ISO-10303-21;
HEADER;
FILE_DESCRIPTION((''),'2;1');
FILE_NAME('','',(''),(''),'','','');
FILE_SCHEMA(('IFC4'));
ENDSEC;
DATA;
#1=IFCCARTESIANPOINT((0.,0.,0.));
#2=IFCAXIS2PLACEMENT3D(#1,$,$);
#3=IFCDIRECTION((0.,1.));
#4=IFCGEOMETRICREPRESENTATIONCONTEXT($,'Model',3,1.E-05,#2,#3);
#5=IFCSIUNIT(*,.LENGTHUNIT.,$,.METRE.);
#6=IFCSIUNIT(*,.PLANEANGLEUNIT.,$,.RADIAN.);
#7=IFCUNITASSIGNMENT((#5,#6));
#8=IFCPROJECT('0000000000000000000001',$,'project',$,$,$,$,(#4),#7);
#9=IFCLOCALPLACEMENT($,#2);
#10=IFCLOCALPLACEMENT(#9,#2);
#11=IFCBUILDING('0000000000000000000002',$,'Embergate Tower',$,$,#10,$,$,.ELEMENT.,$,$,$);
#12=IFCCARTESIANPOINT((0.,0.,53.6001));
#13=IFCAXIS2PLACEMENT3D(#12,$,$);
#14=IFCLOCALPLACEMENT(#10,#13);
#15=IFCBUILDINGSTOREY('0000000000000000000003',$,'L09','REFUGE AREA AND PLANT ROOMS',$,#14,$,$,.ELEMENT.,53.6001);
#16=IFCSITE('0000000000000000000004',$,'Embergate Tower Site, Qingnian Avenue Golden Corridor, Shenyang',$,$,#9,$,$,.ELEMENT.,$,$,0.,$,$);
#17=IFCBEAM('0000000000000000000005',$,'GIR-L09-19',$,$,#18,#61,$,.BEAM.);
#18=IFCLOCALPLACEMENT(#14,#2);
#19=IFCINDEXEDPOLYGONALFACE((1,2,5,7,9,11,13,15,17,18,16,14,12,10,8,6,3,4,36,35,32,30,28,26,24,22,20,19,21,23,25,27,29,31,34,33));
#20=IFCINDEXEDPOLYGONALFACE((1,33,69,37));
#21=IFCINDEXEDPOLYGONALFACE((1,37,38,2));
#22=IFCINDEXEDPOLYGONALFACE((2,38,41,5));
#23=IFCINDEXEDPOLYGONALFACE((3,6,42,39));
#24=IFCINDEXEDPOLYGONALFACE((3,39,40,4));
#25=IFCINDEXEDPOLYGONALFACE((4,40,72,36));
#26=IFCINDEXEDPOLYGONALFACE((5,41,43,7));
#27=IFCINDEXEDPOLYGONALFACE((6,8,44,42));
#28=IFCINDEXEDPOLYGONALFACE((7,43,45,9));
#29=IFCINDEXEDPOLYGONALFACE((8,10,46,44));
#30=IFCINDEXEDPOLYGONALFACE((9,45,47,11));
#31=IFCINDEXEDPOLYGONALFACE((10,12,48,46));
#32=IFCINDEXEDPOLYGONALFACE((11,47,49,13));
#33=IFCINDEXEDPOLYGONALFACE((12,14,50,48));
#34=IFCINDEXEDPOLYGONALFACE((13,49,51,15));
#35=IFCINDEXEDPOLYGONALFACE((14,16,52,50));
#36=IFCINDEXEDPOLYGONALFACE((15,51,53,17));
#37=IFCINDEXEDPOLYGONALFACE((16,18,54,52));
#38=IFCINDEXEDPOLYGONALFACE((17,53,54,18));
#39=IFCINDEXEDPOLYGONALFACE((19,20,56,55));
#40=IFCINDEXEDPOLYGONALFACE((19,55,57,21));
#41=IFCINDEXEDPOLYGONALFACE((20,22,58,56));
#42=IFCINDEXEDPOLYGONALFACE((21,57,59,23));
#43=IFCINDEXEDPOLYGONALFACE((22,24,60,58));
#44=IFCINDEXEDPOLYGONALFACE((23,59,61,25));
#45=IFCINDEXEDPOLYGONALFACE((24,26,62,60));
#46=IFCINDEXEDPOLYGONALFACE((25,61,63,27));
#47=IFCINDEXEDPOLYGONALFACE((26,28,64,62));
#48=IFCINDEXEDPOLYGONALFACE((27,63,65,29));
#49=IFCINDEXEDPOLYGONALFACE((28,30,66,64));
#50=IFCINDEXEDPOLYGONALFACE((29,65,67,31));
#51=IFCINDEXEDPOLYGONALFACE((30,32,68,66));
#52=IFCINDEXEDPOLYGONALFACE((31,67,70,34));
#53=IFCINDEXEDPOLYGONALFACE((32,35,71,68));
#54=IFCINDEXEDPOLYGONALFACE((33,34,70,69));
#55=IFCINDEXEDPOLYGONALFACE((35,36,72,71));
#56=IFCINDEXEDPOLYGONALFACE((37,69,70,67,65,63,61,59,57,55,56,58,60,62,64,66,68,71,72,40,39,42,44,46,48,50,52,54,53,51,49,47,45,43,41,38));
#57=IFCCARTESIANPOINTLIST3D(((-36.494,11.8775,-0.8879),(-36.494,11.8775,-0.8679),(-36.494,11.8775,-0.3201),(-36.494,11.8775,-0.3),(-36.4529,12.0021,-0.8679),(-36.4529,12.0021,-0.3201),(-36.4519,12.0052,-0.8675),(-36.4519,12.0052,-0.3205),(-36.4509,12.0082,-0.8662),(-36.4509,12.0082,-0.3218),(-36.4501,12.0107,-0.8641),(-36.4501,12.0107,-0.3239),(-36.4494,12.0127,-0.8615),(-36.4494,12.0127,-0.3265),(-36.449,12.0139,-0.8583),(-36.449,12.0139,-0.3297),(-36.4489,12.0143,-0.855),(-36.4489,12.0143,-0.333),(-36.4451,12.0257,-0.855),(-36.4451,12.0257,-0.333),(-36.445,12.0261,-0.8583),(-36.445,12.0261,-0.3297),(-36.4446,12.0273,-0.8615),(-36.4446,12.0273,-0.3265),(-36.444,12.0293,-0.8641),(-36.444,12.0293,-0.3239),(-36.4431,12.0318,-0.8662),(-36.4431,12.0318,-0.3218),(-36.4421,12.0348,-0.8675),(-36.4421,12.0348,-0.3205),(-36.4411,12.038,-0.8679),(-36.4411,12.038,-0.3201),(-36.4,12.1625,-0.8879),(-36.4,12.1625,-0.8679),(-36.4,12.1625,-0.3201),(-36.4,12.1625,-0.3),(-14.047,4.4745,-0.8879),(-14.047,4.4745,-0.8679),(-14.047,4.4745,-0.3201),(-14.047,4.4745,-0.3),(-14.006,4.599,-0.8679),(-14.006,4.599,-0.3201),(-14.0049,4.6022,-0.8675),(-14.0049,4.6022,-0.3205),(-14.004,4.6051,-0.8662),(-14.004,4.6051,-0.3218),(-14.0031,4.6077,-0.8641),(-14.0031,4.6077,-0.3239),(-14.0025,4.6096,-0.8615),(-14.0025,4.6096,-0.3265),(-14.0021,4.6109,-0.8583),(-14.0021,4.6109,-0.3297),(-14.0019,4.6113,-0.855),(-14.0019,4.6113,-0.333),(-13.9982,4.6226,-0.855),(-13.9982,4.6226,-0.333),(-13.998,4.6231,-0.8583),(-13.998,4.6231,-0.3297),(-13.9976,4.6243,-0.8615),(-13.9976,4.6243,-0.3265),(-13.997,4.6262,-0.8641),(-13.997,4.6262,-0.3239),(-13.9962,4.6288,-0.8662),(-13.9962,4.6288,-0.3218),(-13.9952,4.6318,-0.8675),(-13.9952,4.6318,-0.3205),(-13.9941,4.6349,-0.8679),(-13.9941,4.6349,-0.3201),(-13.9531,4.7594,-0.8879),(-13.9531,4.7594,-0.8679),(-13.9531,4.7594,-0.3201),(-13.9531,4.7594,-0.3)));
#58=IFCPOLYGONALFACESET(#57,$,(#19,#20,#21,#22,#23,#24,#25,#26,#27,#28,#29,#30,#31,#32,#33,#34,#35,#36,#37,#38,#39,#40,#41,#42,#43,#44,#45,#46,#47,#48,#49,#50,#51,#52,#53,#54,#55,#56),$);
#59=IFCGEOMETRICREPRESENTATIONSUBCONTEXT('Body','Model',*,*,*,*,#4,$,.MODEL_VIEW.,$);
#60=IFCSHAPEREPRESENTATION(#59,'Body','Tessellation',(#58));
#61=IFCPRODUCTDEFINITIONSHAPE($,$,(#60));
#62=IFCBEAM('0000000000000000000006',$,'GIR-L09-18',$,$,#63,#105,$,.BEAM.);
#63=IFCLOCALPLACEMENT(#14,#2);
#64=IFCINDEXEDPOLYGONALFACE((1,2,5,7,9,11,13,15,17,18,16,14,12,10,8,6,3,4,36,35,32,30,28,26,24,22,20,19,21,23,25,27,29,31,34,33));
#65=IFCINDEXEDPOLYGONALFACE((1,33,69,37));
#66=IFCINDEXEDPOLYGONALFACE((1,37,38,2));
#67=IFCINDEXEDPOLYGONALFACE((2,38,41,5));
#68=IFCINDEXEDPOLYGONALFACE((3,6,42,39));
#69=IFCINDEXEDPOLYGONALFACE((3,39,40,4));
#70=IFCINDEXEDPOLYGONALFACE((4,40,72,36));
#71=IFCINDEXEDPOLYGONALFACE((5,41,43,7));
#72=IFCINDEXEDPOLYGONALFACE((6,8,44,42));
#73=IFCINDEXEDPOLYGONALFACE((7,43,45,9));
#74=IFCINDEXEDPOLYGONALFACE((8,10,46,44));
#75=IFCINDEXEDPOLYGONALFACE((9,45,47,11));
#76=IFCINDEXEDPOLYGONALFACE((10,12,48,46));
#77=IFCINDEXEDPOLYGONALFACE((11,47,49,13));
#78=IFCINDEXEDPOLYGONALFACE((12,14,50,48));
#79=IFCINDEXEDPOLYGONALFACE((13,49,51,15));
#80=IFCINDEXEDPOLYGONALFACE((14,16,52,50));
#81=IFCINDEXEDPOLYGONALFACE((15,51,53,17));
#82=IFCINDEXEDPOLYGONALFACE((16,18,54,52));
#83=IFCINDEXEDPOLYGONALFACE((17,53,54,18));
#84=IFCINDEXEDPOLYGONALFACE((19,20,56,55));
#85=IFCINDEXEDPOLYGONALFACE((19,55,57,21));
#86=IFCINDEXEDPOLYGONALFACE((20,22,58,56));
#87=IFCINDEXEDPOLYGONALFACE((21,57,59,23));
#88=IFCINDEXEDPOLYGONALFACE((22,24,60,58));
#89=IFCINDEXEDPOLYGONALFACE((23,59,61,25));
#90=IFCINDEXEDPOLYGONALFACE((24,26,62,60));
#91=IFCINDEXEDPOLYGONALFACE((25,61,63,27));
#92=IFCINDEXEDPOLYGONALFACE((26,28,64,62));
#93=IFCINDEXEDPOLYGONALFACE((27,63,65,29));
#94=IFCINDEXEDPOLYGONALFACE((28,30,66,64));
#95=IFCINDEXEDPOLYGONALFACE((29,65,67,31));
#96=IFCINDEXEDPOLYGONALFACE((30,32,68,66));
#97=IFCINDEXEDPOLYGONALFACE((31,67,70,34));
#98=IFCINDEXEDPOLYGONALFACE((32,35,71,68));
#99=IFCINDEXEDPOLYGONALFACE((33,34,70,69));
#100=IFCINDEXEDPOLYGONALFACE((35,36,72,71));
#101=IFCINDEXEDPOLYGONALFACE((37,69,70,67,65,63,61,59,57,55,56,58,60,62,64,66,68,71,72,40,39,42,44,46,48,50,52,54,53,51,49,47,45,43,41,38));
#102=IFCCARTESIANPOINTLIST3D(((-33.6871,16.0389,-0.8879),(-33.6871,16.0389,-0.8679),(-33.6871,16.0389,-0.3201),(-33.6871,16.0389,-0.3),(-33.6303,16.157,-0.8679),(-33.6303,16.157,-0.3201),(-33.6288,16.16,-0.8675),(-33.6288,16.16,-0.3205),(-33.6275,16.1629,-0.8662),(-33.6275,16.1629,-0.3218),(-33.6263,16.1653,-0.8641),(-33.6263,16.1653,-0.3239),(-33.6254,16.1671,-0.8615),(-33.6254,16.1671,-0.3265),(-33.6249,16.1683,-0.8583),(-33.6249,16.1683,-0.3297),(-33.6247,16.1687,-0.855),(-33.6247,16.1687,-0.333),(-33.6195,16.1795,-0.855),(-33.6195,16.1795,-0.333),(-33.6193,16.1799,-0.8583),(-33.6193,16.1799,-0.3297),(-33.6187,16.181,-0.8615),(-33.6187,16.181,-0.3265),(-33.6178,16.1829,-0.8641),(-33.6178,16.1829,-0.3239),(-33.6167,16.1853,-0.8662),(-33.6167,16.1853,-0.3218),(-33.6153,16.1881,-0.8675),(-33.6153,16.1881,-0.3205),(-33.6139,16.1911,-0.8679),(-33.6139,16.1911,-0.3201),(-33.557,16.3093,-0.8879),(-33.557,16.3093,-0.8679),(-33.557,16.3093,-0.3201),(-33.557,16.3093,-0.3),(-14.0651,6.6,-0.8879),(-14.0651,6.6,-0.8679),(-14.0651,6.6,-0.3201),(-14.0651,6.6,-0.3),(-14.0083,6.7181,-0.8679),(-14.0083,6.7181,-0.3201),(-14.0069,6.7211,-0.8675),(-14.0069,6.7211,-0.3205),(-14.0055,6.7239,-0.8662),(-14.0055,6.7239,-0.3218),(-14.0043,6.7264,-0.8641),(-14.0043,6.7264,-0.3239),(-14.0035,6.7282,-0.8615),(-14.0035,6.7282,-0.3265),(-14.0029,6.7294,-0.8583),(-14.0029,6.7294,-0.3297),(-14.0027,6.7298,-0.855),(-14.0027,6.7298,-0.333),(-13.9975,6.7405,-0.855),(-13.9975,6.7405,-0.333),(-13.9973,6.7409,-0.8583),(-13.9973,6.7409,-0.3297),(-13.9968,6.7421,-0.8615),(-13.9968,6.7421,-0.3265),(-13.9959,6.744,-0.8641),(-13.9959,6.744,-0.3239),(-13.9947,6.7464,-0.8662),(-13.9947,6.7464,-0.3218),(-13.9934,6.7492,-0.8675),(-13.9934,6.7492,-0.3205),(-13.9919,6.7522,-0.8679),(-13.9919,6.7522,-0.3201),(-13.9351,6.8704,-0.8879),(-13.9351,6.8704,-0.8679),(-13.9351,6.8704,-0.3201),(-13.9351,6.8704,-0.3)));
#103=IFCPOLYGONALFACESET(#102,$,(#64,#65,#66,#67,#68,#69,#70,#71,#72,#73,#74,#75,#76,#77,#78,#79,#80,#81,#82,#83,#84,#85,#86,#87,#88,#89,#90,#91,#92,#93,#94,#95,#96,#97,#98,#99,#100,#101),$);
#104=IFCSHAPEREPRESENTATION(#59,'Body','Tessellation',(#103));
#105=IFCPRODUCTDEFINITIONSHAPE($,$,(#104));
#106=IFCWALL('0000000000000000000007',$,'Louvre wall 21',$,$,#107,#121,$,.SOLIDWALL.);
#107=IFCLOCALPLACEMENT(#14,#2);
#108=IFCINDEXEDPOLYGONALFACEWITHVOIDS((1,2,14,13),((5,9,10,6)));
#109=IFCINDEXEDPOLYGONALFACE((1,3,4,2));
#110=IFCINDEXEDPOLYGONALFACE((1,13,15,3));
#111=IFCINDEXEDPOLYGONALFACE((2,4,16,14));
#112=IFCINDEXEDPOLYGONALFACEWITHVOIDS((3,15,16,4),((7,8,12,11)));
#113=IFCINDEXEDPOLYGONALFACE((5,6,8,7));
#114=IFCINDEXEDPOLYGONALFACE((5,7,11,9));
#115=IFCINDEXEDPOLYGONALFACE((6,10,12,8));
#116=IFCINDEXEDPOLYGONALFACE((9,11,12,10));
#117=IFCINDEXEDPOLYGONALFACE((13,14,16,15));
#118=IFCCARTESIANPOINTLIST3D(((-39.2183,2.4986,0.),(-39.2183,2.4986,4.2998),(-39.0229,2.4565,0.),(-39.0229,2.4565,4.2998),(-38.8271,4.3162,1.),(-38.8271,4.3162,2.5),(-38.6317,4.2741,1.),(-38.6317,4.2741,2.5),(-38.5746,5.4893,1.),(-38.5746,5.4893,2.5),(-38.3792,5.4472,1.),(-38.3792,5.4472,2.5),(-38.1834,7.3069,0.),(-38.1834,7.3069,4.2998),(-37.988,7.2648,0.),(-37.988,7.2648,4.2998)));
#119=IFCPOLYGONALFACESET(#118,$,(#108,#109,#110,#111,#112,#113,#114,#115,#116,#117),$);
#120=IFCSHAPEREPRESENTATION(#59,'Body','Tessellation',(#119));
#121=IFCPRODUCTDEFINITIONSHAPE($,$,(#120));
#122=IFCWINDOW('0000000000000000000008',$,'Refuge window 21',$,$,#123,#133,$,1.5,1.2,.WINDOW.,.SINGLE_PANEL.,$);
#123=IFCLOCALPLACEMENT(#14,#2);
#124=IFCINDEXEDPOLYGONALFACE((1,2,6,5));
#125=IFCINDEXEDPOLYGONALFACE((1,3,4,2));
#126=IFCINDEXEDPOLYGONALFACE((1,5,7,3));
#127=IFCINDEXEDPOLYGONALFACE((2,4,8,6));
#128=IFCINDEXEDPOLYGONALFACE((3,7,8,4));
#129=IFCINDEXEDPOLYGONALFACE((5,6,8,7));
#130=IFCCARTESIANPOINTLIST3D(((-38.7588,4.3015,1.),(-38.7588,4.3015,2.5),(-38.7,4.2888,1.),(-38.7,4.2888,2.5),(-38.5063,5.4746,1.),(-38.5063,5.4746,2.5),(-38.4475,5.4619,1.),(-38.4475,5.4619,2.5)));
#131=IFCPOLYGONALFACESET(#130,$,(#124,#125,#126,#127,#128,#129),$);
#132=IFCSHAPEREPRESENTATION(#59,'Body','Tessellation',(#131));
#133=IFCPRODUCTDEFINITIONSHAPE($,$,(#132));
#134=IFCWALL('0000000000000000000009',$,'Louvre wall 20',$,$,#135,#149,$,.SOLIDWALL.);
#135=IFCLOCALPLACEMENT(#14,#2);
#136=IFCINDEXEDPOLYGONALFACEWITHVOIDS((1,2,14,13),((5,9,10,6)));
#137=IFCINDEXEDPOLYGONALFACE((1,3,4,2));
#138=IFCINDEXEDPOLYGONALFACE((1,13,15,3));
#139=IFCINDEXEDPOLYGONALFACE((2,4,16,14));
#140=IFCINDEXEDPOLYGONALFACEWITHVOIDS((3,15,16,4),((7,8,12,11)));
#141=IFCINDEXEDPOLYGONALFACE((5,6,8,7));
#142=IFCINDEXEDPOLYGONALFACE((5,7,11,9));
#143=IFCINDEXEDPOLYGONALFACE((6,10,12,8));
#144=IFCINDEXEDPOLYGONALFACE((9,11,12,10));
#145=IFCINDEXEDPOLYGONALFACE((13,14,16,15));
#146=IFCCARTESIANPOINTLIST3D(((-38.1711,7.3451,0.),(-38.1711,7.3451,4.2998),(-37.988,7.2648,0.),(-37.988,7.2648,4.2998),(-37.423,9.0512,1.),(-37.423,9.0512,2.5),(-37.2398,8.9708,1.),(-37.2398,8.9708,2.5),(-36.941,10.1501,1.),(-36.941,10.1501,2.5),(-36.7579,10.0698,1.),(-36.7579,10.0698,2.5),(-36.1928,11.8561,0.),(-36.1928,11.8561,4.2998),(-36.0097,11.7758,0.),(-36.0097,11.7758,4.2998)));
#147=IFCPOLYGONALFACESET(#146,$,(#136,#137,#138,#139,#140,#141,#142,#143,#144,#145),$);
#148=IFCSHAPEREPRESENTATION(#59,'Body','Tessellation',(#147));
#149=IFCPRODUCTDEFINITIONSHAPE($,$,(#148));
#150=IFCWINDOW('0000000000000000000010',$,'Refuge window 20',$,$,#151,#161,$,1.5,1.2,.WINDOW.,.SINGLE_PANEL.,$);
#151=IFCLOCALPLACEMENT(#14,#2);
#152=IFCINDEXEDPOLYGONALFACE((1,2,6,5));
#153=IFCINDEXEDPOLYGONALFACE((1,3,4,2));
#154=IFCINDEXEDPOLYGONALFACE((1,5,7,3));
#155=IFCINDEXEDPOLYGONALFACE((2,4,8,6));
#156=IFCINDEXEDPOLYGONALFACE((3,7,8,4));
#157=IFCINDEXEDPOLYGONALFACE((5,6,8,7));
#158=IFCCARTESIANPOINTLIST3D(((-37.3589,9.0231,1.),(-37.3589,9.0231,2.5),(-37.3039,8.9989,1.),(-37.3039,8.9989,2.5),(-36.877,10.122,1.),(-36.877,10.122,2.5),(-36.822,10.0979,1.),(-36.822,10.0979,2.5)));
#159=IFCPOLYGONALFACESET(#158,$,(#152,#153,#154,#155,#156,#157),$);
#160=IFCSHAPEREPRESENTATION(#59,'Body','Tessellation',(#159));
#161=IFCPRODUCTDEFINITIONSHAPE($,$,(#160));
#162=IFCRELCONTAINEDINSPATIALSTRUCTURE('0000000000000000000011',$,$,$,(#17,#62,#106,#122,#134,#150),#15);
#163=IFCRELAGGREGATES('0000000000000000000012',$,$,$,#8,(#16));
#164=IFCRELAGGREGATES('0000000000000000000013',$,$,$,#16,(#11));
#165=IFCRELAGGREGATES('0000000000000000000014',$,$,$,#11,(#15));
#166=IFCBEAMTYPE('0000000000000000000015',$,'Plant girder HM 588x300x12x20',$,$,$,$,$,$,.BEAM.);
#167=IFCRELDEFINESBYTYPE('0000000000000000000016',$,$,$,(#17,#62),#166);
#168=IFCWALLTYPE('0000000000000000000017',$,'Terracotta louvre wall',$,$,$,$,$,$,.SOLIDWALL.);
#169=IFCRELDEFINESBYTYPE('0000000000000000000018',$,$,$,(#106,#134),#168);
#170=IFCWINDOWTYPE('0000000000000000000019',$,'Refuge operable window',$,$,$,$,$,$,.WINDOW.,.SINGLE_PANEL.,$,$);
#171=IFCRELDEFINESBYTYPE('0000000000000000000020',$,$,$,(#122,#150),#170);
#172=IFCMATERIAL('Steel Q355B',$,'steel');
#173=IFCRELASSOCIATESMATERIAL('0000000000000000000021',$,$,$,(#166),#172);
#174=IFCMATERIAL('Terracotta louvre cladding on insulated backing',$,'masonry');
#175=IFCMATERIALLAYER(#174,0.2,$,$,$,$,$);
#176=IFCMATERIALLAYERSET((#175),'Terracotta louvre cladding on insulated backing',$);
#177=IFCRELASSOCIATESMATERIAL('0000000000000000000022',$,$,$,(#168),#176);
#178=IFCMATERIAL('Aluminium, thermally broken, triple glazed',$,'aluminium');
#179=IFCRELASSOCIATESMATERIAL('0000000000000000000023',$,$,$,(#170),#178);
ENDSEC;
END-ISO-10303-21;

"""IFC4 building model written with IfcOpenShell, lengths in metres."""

from ifc_helpers import new_model, si_unit, direction, frame, frame_2d, origin, origin_2d, place, context, subcontext, project, spatial, rectangle, i_section, extrude, source, transform, mapped, material, layer, layer_set, material_profile, profile_set, type_object, element, fill, save


model = new_model("IFC4")

# Units and contexts
model_context = context("Model", 3, precision=1e-05, world=origin(), true_north=direction((0.0, 1.0)))
body_context = subcontext(model_context, "Body", "Model", "MODEL_VIEW")
ifc_project = project(units=[si_unit("LENGTHUNIT", "METRE"), si_unit("PLANEANGLEUNIT", "RADIAN")], contexts=[model_context])

# Site, building, storey
site_placement = place(None, origin())
site = spatial("IfcSite", under=ifc_project, at=site_placement, Name="Embergate Tower Site, Qingnian Avenue Golden Corridor, Shenyang", CompositionType="ELEMENT", RefElevation=0.0)
building_placement = place(site_placement, origin())
building = spatial("IfcBuilding", under=site, at=building_placement, Name="Embergate Tower", CompositionType="ELEMENT")
storey_placement = place(building_placement, frame((0.0, 0.0, 53.6001)))
storey = spatial("IfcBuildingStorey", under=building, at=storey_placement, Name="L09", Description="REFUGE AREA AND PLANT ROOMS", CompositionType="ELEMENT", Elevation=53.6001)

# Beams
ifc_material_1 = material(Name="Steel Q355B", Category="steel")
ifc_material_profile_1 = material_profile(ifc_material_1, i_section(OverallWidth=0.3, OverallDepth=0.5879, WebThickness=0.012, FlangeThickness=0.02, FilletRadius=0.0129, at=origin_2d()), Name="HM 588x300x12x20")
ifc_profile_set_1 = profile_set([ifc_material_profile_1], Name="Steel Q355 grade B")
beam_type_1 = type_object("IfcBeamType", Name="Plant girder HM 588x300x12x20", PredefinedType="BEAM", material=ifc_profile_set_1)
shared_shape_1 = source(origin(), body_context, "Body", "SweptSolid", [
    extrude(i_section(OverallWidth=0.3, OverallDepth=0.5879, WebThickness=0.012, FlangeThickness=0.02, FilletRadius=0.0129, at=origin_2d()), origin(), (0.0, 0.0, 1.0), 23.6362),
])
beam_1_placement = place(storey_placement, frame((-36.447, 12.02, -0.594), z_axis=(0.949685, -0.313208, 0.0), x_axis=(0.313208, 0.949685, 0.0)))
element("IfcBeam", 1, at=beam_1_placement, inside=storey, type_object=beam_type_1, Name="GIR-L09-19", PredefinedType="BEAM", context=body_context, shape_type="MappedRepresentation", body=[
    mapped(shared_shape_1, transform((0.0, 0.0, 0.0))),
])
shared_shape_2 = source(origin(), body_context, "Body", "SweptSolid", [
    extrude(i_section(OverallWidth=0.3, OverallDepth=0.5879, WebThickness=0.012, FlangeThickness=0.02, FilletRadius=0.0129, at=origin_2d()), origin(), (0.0, 0.0, 1.0), 21.7742),
])
beam_2_placement = place(storey_placement, frame((-33.6221, 16.1741, -0.594), z_axis=(0.901158, -0.433491, 0.0), x_axis=(0.433491, 0.901158, 0.0)))
element("IfcBeam", 2, at=beam_2_placement, inside=storey, type_object=beam_type_1, Name="GIR-L09-18", PredefinedType="BEAM", context=body_context, shape_type="MappedRepresentation", body=[
    mapped(shared_shape_2, transform((0.0, 0.0, 0.0))),
])

# Walls, openings, windows
ifc_material_2 = material(Name="Terracotta louvre cladding on insulated backing", Category="masonry")
ifc_layer_1 = layer(ifc_material_2, 0.2)
ifc_layer_set_1 = layer_set([ifc_layer_1], Name="Terracotta louvre cladding on insulated backing")
wall_type_1 = type_object("IfcWallType", Name="Terracotta louvre wall", PredefinedType="SOLIDWALL", material=ifc_layer_set_1)
shared_shape_3 = source(origin(), body_context, "Body", "SweptSolid", [
    extrude(rectangle(XDim=4.9185, YDim=0.2, at=frame_2d((2.4592, 0.0))), origin(), (0.0, 0.0, 1.0), 4.2998),
])
wall_1_placement = place(storey_placement, frame((-39.1206, 2.4775, 0.0), z_axis=(0.0, 0.0, 1.0), x_axis=(0.210414, 0.977612, 0.0)))
wall_1 = element("IfcWall", 3, at=wall_1_placement, inside=storey, type_object=wall_type_1, Name="Louvre wall 21", PredefinedType="SOLIDWALL", context=body_context, shape_type="MappedRepresentation", body=[
    mapped(shared_shape_3, transform((0.0, 0.0, 0.0))),
])
shared_shape_4 = source(origin(), body_context, "Body", "SweptSolid", [
    extrude(rectangle(XDim=1.2, YDim=1.5, at=frame_2d((0.6001, 0.75))), frame((0.0, 0.1099, 0.0), z_axis=(0.0, -1.0, 0.0), x_axis=(1.0, 0.0, 0.0)), (0.0, 0.0, 1.0), 0.22),
])
opening_1_placement = place(wall_1_placement, frame((1.8591, 0.0, 1.0)))
opening_1 = element("IfcOpeningElement", 4, at=opening_1_placement, cuts=wall_1, PredefinedType="OPENING", context=body_context, shape_type="MappedRepresentation", body=[
    mapped(shared_shape_4, transform((0.0, 0.0, 0.0))),
])
ifc_material_3 = material(Name="Aluminium, thermally broken, triple glazed", Category="aluminium")
window_type = type_object("IfcWindowType", Name="Refuge operable window", PartitioningType="SINGLE_PANEL", PredefinedType="WINDOW", material=ifc_material_3)
shared_shape_5 = source(origin(), body_context, "Body", "SweptSolid", [
    extrude(rectangle(XDim=1.2, YDim=1.5, at=frame_2d((0.6001, 0.75))), frame((0.0, 0.03, 0.0), z_axis=(0.0, -1.0, 0.0), x_axis=(1.0, 0.0, 0.0)), (0.0, 0.0, 1.0), 0.0601),
])
window_1_placement = place(opening_1_placement, origin())
window_1 = element("IfcWindow", 5, at=window_1_placement, inside=storey, type_object=window_type, Name="Refuge window 21", OverallHeight=1.5, OverallWidth=1.2, PartitioningType="SINGLE_PANEL", PredefinedType="WINDOW", context=body_context, shape_type="MappedRepresentation", body=[
    mapped(shared_shape_5, transform((0.0, 0.0, 0.0))),
])
fill(opening_1, window_1)
shared_shape_6 = source(origin(), body_context, "Body", "SweptSolid", [
    extrude(rectangle(XDim=4.9258, YDim=0.2, at=frame_2d((2.4629, 0.0))), origin(), (0.0, 0.0, 1.0), 4.2998),
])
wall_2_placement = place(storey_placement, frame((-38.0796, 7.3049, 0.0), z_axis=(0.0, 0.0, 1.0), x_axis=(0.401622, 0.915805, 0.0)))
wall_2 = element("IfcWall", 6, at=wall_2_placement, inside=storey, type_object=wall_type_1, Name="Louvre wall 20", PredefinedType="SOLIDWALL", context=body_context, shape_type="MappedRepresentation", body=[
    mapped(shared_shape_6, transform((0.0, 0.0, 0.0))),
])
opening_2_placement = place(wall_2_placement, frame((1.8628, 0.0, 1.0)))
opening_2 = element("IfcOpeningElement", 7, at=opening_2_placement, cuts=wall_2, PredefinedType="OPENING", context=body_context, shape_type="MappedRepresentation", body=[
    mapped(shared_shape_4, transform((0.0, 0.0, 0.0))),
])
window_2_placement = place(opening_2_placement, origin())
window_2 = element("IfcWindow", 8, at=window_2_placement, inside=storey, type_object=window_type, Name="Refuge window 20", OverallHeight=1.5, OverallWidth=1.2, PartitioningType="SINGLE_PANEL", PredefinedType="WINDOW", context=body_context, shape_type="MappedRepresentation", body=[
    mapped(shared_shape_5, transform((0.0, 0.0, 0.0))),
])
fill(opening_2, window_2)

save(model, "model.ifc")
